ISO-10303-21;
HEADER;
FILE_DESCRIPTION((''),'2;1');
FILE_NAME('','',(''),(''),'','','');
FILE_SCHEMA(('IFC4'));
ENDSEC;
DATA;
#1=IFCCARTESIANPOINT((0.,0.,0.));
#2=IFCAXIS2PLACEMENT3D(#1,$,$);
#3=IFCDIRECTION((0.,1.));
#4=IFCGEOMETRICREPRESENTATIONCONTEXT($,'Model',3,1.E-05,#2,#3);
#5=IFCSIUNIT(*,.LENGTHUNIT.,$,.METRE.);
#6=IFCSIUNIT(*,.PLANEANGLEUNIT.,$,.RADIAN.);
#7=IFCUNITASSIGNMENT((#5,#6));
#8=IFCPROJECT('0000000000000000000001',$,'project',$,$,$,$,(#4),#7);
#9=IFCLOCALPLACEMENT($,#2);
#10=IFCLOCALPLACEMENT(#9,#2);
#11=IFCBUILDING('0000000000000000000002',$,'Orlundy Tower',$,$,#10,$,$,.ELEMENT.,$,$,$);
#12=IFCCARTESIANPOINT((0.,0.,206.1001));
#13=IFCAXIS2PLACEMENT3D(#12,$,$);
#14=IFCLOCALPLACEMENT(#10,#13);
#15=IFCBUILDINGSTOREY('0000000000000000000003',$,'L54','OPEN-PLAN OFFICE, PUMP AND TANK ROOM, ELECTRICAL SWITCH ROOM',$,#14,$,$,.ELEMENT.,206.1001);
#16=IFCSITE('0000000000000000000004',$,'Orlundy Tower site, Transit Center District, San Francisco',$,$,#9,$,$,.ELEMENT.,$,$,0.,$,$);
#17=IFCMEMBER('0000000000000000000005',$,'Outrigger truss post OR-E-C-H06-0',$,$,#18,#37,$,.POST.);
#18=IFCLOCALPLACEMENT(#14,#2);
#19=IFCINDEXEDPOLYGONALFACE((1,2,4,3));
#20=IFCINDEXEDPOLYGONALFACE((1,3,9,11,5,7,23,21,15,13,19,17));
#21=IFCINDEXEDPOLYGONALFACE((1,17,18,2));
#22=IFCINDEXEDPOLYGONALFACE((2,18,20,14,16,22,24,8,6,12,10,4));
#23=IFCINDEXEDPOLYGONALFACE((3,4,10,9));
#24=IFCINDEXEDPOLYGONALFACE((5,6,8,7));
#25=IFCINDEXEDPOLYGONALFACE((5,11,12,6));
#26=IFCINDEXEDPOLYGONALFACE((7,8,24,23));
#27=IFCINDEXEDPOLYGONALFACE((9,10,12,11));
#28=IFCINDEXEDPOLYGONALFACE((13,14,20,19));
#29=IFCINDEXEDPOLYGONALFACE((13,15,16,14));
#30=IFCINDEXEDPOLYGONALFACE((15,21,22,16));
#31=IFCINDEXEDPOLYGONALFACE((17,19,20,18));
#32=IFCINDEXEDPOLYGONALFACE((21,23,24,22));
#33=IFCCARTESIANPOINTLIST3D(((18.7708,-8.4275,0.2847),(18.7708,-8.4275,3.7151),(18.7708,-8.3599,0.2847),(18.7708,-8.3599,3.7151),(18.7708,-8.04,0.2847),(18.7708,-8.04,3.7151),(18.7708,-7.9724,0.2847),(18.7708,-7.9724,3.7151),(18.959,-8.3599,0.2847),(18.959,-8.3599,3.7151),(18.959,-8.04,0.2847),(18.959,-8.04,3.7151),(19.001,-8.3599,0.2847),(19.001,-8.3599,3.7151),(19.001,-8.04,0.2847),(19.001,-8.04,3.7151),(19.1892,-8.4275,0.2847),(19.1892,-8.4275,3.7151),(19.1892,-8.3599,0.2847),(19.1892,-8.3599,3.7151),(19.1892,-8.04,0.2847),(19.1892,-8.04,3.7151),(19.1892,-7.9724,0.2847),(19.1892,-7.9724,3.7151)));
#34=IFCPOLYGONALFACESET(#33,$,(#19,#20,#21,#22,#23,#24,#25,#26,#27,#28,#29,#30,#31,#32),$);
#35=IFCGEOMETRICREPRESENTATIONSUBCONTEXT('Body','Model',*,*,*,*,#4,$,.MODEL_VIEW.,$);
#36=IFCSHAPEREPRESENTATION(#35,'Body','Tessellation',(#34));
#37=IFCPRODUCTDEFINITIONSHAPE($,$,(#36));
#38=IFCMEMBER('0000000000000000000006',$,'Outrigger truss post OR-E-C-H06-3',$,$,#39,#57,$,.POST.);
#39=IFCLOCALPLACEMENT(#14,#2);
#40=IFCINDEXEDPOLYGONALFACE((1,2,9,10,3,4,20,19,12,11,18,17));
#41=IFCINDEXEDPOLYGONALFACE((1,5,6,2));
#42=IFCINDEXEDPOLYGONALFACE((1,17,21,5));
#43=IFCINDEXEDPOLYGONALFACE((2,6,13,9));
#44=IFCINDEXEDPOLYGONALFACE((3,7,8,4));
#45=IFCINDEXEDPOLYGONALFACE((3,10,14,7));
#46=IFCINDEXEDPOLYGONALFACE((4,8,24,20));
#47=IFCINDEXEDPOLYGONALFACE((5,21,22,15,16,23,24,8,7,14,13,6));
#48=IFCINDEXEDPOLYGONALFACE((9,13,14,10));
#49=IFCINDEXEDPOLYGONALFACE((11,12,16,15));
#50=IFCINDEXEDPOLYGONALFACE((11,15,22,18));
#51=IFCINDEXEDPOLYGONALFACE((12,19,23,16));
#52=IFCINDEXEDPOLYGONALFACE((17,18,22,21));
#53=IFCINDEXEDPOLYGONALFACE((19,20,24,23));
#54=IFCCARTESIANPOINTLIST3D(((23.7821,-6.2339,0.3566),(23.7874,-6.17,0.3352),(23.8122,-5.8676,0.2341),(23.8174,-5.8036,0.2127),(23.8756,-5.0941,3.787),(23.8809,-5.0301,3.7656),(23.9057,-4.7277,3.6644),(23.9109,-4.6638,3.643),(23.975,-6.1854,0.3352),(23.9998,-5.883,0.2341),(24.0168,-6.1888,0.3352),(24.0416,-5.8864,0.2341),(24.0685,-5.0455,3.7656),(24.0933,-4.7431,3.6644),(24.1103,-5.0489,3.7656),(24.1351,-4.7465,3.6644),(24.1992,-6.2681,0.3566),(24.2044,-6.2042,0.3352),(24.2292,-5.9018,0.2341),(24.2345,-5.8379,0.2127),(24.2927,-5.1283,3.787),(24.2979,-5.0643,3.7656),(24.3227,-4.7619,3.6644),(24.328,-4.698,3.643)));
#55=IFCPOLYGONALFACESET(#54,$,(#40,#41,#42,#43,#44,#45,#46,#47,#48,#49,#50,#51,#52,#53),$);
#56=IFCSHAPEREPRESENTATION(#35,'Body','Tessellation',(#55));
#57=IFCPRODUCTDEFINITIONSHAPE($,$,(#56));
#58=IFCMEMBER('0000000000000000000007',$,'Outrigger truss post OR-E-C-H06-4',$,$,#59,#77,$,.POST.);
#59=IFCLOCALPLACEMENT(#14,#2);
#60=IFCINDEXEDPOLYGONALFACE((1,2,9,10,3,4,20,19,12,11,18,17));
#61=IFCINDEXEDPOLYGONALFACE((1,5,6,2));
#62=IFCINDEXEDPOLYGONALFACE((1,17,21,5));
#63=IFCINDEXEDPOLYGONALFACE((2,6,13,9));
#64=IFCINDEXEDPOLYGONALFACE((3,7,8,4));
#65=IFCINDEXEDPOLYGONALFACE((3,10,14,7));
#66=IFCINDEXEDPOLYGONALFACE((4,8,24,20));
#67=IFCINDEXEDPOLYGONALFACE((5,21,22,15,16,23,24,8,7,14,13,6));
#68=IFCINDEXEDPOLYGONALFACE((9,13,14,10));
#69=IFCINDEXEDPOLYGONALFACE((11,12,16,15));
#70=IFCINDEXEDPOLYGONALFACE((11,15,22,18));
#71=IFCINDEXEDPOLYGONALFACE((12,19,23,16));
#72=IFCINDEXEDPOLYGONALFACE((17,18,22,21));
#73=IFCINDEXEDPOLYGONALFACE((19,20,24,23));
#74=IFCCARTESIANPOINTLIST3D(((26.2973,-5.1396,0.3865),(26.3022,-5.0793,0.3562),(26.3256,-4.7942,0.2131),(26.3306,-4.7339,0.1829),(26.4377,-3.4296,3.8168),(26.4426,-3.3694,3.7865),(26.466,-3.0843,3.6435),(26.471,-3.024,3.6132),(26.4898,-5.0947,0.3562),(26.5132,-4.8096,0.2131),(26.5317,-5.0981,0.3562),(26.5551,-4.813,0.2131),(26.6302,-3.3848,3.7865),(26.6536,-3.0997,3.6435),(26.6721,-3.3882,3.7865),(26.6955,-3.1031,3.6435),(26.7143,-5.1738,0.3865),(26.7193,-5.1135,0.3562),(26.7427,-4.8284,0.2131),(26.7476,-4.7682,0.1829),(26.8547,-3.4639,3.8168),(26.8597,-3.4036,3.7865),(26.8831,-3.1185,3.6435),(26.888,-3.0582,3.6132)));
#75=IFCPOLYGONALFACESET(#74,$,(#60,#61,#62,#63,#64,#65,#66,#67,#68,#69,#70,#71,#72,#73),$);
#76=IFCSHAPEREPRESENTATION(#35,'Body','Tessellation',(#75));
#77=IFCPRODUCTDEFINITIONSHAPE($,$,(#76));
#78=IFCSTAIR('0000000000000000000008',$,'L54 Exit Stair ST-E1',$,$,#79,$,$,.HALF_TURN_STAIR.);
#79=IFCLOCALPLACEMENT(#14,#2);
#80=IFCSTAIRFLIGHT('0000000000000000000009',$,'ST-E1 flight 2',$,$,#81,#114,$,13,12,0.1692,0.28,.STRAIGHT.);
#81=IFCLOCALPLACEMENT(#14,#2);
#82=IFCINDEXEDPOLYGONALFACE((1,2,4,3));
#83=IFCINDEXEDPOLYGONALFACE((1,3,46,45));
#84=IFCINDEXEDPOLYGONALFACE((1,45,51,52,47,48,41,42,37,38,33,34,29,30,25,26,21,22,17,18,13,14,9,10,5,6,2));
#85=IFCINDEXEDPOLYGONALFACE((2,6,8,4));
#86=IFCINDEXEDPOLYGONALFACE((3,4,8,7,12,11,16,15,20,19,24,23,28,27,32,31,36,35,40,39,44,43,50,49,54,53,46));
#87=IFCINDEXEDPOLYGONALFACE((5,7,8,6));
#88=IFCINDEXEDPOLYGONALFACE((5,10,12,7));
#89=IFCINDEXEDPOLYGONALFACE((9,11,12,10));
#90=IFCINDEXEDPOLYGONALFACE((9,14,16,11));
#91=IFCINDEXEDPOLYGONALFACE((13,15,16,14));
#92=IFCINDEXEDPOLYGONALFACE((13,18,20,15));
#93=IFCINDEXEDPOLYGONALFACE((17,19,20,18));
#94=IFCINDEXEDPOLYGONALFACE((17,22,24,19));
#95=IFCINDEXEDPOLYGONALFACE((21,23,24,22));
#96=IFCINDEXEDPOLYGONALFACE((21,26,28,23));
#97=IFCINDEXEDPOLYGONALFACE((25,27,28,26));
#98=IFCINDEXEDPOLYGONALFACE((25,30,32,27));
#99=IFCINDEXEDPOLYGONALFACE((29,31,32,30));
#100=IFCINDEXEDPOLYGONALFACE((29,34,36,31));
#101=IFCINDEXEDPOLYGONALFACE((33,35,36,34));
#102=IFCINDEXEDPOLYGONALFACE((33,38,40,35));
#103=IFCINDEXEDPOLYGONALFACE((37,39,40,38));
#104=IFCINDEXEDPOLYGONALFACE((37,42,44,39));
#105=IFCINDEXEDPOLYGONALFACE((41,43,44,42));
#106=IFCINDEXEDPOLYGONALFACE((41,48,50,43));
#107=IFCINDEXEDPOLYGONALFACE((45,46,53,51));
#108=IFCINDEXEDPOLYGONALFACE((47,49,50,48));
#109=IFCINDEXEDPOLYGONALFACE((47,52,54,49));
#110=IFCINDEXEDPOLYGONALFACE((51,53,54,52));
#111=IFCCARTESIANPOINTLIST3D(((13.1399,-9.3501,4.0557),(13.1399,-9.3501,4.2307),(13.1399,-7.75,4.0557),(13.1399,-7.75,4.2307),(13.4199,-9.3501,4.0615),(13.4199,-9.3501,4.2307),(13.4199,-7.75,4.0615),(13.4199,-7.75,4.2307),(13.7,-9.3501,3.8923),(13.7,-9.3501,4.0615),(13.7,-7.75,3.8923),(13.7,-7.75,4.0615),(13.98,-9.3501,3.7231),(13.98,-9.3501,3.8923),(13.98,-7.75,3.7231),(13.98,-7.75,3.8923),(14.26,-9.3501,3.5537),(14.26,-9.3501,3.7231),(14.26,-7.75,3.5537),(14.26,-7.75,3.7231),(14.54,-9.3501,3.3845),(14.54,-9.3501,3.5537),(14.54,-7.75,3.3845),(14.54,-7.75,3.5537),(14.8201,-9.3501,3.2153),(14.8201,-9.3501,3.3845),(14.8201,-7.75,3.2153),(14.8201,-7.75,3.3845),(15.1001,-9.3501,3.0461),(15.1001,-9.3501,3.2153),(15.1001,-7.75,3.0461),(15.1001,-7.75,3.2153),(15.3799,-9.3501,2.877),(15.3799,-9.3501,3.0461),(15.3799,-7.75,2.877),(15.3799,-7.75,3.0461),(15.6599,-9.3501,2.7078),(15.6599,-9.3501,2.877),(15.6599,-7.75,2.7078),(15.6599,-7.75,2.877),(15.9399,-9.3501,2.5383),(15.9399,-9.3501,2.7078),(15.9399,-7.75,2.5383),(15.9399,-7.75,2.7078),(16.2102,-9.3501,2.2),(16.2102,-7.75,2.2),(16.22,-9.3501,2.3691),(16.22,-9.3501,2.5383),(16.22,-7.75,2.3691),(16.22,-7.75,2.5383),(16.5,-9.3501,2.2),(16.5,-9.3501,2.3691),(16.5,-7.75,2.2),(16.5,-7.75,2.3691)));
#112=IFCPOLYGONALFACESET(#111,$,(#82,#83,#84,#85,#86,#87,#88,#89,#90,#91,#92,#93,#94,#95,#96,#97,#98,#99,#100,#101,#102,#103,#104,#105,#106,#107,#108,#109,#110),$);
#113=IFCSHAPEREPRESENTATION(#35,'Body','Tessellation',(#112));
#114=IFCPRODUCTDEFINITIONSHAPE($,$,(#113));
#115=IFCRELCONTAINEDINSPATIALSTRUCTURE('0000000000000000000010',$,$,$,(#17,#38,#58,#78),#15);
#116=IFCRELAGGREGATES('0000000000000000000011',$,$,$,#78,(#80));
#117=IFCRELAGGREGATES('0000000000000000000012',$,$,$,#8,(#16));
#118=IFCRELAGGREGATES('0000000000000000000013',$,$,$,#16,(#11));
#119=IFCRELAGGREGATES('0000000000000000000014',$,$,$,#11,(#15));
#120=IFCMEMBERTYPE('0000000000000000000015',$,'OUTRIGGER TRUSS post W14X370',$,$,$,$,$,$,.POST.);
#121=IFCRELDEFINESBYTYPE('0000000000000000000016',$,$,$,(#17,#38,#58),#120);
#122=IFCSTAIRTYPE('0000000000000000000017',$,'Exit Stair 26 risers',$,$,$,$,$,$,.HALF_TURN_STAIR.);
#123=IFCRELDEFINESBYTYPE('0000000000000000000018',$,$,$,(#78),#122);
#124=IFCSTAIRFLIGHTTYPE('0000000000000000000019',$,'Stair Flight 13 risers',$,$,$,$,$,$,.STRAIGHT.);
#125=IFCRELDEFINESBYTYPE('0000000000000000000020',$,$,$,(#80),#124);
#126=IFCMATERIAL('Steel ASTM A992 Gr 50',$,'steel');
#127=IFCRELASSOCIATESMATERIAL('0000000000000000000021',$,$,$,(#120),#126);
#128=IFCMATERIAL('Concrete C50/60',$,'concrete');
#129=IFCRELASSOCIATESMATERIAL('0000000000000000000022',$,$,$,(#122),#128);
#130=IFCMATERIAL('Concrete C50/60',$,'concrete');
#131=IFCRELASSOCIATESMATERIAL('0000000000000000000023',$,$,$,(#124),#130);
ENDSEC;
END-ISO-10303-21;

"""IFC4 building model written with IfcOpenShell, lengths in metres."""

from ifc_helpers import new_model, si_unit, direction, frame, origin, origin_2d, place, context, subcontext, project, spatial, polyline, i_section, outline, extrude, material, material_profile, profile_set, type_object, element, aggregate, save


model = new_model("IFC4")

# Units and contexts
model_context = context("Model", 3, precision=1e-05, world=origin(), true_north=direction((0.0, 1.0)))
body_context = subcontext(model_context, "Body", "Model", "MODEL_VIEW")
ifc_project = project(units=[si_unit("LENGTHUNIT", "METRE"), si_unit("PLANEANGLEUNIT", "RADIAN")], contexts=[model_context])

# Site, building, storey
site_placement = place(None, origin())
site = spatial("IfcSite", under=ifc_project, at=site_placement, Name="Orlundy Tower site, Transit Center District, San Francisco", CompositionType="ELEMENT", RefElevation=0.0)
building_placement = place(site_placement, origin())
building = spatial("IfcBuilding", under=site, at=building_placement, Name="Orlundy Tower", CompositionType="ELEMENT")
storey_placement = place(building_placement, frame((0.0, 0.0, 206.1001)))
storey = spatial("IfcBuildingStorey", under=building, at=storey_placement, Name="L54", Description="OPEN-PLAN OFFICE, PUMP AND TANK ROOM, ELECTRICAL SWITCH ROOM", CompositionType="ELEMENT", Elevation=206.1001)

# Members
ifc_material_1 = material(Name="Steel ASTM A992 Gr 50", Category="steel")
ifc_material_profile_1 = material_profile(ifc_material_1, i_section(OverallWidth=0.4185, OverallDepth=0.4551, WebThickness=0.042, FlangeThickness=0.0676, at=origin_2d()), Name="W14X370")
ifc_profile_set_1 = profile_set([ifc_material_profile_1], Name="Steel ASTM A992 Gr 50")
member_type_1 = type_object("IfcMemberType", Name="OUTRIGGER TRUSS post W14X370", PredefinedType="POST", material=ifc_profile_set_1)
member_1_placement = place(storey_placement, frame((18.98, -8.2, 0.2847), z_axis=(0.0, 0.0, 1.0), x_axis=(1.0, 0.0, 0.0)))
element("IfcMember", 1, at=member_1_placement, inside=storey, type_object=member_type_1, Name="Outrigger truss post OR-E-C-H06-0", PredefinedType="POST", context=body_context, shape_type="SweptSolid", body=[
    extrude(i_section(OverallWidth=0.4185, OverallDepth=0.4551, WebThickness=0.042, FlangeThickness=0.0676, at=origin_2d()), origin(), (0.0, 0.0, 1.0), 3.4304),
])
member_2_placement = place(storey_placement, frame((24.0083, -6.0359, 0.2847), z_axis=(0.025859, 0.315231, 0.948663), x_axis=(-0.996652, 0.081756, 0.0)))
element("IfcMember", 2, at=member_2_placement, inside=storey, type_object=member_type_1, Name="Outrigger truss post OR-E-C-H06-3", PredefinedType="POST", context=body_context, shape_type="SweptSolid", body=[
    extrude(i_section(OverallWidth=0.4185, OverallDepth=0.4551, WebThickness=0.042, FlangeThickness=0.0676, at=origin_2d()), origin(), (0.0, 0.0, 1.0), 3.616),
])
member_3_placement = place(storey_placement, frame((26.5225, -4.9539, 0.2847), z_axis=(0.0366, 0.445819, 0.894375), x_axis=(-0.996647, 0.081821, 0.0)))
element("IfcMember", 3, at=member_3_placement, inside=storey, type_object=member_type_1, Name="Outrigger truss post OR-E-C-H06-4", PredefinedType="POST", context=body_context, shape_type="SweptSolid", body=[
    extrude(i_section(OverallWidth=0.4185, OverallDepth=0.4551, WebThickness=0.042, FlangeThickness=0.0676, at=origin_2d()), origin(), (0.0, 0.0, 1.0), 3.8354),
])

# Stair, stair flight
ifc_material_2 = material(Name="Concrete C50/60", Category="concrete")
stair_type = type_object("IfcStairType", Name="Exit Stair 26 risers", PredefinedType="HALF_TURN_STAIR", material=ifc_material_2)
stair_placement = place(storey_placement, origin())
stair = element("IfcStair", 4, at=stair_placement, inside=storey, type_object=stair_type, Name="L54 Exit Stair ST-E1", PredefinedType="HALF_TURN_STAIR")
ifc_material_3 = material(Name="Concrete C50/60", Category="concrete")
stair_flight_type = type_object("IfcStairFlightType", Name="Stair Flight 13 risers", PredefinedType="STRAIGHT", material=ifc_material_3)
stair_flight_placement = place(storey_placement, frame((16.5, -8.55, 2.2), z_axis=(0.0, 0.0, 1.0), x_axis=(-1.0, 0.0, 0.0)))
stair_flight = element("IfcStairFlight", 5, at=stair_flight_placement, type_object=stair_flight_type, Name="ST-E1 flight 2", NumberOfRisers=13, NumberOfTreads=12, PredefinedType="STRAIGHT", RiserHeight=0.1692, TreadLength=0.28, context=body_context, shape_type="SweptSolid", body=[
    extrude(outline(polyline([(0.0, 0.0), (0.0, 0.1692), (0.28, 0.1692), (0.28, 0.3384), (0.5601, 0.3384), (0.5601, 0.5078), (0.8401, 0.5078), (0.8401, 0.677), (1.1201, 0.677), (1.1201, 0.8462), (1.3999, 0.8462), (1.3999, 1.0154), (1.6799, 1.0154), (1.6799, 1.1846), (1.96, 1.1846), (1.96, 1.3538), (2.24, 1.3538), (2.24, 1.5232), (2.52, 1.5232), (2.52, 1.6924), (2.8, 1.6924), (2.8, 1.8616), (3.0801, 1.8616), (3.0801, 2.0308), (3.3601, 2.0308), (3.3601, 2.2), (3.3601, 1.8557), (0.2898, 0.0), (0.0, 0.0)])), frame((0.0, 0.8, 0.0), z_axis=(0.0, -1.0, 0.0), x_axis=(1.0, 0.0, 0.0)), (0.0, 0.0, 1.0), 1.6001),
])
aggregate(stair, [stair_flight])

save(model, "model.ifc")
